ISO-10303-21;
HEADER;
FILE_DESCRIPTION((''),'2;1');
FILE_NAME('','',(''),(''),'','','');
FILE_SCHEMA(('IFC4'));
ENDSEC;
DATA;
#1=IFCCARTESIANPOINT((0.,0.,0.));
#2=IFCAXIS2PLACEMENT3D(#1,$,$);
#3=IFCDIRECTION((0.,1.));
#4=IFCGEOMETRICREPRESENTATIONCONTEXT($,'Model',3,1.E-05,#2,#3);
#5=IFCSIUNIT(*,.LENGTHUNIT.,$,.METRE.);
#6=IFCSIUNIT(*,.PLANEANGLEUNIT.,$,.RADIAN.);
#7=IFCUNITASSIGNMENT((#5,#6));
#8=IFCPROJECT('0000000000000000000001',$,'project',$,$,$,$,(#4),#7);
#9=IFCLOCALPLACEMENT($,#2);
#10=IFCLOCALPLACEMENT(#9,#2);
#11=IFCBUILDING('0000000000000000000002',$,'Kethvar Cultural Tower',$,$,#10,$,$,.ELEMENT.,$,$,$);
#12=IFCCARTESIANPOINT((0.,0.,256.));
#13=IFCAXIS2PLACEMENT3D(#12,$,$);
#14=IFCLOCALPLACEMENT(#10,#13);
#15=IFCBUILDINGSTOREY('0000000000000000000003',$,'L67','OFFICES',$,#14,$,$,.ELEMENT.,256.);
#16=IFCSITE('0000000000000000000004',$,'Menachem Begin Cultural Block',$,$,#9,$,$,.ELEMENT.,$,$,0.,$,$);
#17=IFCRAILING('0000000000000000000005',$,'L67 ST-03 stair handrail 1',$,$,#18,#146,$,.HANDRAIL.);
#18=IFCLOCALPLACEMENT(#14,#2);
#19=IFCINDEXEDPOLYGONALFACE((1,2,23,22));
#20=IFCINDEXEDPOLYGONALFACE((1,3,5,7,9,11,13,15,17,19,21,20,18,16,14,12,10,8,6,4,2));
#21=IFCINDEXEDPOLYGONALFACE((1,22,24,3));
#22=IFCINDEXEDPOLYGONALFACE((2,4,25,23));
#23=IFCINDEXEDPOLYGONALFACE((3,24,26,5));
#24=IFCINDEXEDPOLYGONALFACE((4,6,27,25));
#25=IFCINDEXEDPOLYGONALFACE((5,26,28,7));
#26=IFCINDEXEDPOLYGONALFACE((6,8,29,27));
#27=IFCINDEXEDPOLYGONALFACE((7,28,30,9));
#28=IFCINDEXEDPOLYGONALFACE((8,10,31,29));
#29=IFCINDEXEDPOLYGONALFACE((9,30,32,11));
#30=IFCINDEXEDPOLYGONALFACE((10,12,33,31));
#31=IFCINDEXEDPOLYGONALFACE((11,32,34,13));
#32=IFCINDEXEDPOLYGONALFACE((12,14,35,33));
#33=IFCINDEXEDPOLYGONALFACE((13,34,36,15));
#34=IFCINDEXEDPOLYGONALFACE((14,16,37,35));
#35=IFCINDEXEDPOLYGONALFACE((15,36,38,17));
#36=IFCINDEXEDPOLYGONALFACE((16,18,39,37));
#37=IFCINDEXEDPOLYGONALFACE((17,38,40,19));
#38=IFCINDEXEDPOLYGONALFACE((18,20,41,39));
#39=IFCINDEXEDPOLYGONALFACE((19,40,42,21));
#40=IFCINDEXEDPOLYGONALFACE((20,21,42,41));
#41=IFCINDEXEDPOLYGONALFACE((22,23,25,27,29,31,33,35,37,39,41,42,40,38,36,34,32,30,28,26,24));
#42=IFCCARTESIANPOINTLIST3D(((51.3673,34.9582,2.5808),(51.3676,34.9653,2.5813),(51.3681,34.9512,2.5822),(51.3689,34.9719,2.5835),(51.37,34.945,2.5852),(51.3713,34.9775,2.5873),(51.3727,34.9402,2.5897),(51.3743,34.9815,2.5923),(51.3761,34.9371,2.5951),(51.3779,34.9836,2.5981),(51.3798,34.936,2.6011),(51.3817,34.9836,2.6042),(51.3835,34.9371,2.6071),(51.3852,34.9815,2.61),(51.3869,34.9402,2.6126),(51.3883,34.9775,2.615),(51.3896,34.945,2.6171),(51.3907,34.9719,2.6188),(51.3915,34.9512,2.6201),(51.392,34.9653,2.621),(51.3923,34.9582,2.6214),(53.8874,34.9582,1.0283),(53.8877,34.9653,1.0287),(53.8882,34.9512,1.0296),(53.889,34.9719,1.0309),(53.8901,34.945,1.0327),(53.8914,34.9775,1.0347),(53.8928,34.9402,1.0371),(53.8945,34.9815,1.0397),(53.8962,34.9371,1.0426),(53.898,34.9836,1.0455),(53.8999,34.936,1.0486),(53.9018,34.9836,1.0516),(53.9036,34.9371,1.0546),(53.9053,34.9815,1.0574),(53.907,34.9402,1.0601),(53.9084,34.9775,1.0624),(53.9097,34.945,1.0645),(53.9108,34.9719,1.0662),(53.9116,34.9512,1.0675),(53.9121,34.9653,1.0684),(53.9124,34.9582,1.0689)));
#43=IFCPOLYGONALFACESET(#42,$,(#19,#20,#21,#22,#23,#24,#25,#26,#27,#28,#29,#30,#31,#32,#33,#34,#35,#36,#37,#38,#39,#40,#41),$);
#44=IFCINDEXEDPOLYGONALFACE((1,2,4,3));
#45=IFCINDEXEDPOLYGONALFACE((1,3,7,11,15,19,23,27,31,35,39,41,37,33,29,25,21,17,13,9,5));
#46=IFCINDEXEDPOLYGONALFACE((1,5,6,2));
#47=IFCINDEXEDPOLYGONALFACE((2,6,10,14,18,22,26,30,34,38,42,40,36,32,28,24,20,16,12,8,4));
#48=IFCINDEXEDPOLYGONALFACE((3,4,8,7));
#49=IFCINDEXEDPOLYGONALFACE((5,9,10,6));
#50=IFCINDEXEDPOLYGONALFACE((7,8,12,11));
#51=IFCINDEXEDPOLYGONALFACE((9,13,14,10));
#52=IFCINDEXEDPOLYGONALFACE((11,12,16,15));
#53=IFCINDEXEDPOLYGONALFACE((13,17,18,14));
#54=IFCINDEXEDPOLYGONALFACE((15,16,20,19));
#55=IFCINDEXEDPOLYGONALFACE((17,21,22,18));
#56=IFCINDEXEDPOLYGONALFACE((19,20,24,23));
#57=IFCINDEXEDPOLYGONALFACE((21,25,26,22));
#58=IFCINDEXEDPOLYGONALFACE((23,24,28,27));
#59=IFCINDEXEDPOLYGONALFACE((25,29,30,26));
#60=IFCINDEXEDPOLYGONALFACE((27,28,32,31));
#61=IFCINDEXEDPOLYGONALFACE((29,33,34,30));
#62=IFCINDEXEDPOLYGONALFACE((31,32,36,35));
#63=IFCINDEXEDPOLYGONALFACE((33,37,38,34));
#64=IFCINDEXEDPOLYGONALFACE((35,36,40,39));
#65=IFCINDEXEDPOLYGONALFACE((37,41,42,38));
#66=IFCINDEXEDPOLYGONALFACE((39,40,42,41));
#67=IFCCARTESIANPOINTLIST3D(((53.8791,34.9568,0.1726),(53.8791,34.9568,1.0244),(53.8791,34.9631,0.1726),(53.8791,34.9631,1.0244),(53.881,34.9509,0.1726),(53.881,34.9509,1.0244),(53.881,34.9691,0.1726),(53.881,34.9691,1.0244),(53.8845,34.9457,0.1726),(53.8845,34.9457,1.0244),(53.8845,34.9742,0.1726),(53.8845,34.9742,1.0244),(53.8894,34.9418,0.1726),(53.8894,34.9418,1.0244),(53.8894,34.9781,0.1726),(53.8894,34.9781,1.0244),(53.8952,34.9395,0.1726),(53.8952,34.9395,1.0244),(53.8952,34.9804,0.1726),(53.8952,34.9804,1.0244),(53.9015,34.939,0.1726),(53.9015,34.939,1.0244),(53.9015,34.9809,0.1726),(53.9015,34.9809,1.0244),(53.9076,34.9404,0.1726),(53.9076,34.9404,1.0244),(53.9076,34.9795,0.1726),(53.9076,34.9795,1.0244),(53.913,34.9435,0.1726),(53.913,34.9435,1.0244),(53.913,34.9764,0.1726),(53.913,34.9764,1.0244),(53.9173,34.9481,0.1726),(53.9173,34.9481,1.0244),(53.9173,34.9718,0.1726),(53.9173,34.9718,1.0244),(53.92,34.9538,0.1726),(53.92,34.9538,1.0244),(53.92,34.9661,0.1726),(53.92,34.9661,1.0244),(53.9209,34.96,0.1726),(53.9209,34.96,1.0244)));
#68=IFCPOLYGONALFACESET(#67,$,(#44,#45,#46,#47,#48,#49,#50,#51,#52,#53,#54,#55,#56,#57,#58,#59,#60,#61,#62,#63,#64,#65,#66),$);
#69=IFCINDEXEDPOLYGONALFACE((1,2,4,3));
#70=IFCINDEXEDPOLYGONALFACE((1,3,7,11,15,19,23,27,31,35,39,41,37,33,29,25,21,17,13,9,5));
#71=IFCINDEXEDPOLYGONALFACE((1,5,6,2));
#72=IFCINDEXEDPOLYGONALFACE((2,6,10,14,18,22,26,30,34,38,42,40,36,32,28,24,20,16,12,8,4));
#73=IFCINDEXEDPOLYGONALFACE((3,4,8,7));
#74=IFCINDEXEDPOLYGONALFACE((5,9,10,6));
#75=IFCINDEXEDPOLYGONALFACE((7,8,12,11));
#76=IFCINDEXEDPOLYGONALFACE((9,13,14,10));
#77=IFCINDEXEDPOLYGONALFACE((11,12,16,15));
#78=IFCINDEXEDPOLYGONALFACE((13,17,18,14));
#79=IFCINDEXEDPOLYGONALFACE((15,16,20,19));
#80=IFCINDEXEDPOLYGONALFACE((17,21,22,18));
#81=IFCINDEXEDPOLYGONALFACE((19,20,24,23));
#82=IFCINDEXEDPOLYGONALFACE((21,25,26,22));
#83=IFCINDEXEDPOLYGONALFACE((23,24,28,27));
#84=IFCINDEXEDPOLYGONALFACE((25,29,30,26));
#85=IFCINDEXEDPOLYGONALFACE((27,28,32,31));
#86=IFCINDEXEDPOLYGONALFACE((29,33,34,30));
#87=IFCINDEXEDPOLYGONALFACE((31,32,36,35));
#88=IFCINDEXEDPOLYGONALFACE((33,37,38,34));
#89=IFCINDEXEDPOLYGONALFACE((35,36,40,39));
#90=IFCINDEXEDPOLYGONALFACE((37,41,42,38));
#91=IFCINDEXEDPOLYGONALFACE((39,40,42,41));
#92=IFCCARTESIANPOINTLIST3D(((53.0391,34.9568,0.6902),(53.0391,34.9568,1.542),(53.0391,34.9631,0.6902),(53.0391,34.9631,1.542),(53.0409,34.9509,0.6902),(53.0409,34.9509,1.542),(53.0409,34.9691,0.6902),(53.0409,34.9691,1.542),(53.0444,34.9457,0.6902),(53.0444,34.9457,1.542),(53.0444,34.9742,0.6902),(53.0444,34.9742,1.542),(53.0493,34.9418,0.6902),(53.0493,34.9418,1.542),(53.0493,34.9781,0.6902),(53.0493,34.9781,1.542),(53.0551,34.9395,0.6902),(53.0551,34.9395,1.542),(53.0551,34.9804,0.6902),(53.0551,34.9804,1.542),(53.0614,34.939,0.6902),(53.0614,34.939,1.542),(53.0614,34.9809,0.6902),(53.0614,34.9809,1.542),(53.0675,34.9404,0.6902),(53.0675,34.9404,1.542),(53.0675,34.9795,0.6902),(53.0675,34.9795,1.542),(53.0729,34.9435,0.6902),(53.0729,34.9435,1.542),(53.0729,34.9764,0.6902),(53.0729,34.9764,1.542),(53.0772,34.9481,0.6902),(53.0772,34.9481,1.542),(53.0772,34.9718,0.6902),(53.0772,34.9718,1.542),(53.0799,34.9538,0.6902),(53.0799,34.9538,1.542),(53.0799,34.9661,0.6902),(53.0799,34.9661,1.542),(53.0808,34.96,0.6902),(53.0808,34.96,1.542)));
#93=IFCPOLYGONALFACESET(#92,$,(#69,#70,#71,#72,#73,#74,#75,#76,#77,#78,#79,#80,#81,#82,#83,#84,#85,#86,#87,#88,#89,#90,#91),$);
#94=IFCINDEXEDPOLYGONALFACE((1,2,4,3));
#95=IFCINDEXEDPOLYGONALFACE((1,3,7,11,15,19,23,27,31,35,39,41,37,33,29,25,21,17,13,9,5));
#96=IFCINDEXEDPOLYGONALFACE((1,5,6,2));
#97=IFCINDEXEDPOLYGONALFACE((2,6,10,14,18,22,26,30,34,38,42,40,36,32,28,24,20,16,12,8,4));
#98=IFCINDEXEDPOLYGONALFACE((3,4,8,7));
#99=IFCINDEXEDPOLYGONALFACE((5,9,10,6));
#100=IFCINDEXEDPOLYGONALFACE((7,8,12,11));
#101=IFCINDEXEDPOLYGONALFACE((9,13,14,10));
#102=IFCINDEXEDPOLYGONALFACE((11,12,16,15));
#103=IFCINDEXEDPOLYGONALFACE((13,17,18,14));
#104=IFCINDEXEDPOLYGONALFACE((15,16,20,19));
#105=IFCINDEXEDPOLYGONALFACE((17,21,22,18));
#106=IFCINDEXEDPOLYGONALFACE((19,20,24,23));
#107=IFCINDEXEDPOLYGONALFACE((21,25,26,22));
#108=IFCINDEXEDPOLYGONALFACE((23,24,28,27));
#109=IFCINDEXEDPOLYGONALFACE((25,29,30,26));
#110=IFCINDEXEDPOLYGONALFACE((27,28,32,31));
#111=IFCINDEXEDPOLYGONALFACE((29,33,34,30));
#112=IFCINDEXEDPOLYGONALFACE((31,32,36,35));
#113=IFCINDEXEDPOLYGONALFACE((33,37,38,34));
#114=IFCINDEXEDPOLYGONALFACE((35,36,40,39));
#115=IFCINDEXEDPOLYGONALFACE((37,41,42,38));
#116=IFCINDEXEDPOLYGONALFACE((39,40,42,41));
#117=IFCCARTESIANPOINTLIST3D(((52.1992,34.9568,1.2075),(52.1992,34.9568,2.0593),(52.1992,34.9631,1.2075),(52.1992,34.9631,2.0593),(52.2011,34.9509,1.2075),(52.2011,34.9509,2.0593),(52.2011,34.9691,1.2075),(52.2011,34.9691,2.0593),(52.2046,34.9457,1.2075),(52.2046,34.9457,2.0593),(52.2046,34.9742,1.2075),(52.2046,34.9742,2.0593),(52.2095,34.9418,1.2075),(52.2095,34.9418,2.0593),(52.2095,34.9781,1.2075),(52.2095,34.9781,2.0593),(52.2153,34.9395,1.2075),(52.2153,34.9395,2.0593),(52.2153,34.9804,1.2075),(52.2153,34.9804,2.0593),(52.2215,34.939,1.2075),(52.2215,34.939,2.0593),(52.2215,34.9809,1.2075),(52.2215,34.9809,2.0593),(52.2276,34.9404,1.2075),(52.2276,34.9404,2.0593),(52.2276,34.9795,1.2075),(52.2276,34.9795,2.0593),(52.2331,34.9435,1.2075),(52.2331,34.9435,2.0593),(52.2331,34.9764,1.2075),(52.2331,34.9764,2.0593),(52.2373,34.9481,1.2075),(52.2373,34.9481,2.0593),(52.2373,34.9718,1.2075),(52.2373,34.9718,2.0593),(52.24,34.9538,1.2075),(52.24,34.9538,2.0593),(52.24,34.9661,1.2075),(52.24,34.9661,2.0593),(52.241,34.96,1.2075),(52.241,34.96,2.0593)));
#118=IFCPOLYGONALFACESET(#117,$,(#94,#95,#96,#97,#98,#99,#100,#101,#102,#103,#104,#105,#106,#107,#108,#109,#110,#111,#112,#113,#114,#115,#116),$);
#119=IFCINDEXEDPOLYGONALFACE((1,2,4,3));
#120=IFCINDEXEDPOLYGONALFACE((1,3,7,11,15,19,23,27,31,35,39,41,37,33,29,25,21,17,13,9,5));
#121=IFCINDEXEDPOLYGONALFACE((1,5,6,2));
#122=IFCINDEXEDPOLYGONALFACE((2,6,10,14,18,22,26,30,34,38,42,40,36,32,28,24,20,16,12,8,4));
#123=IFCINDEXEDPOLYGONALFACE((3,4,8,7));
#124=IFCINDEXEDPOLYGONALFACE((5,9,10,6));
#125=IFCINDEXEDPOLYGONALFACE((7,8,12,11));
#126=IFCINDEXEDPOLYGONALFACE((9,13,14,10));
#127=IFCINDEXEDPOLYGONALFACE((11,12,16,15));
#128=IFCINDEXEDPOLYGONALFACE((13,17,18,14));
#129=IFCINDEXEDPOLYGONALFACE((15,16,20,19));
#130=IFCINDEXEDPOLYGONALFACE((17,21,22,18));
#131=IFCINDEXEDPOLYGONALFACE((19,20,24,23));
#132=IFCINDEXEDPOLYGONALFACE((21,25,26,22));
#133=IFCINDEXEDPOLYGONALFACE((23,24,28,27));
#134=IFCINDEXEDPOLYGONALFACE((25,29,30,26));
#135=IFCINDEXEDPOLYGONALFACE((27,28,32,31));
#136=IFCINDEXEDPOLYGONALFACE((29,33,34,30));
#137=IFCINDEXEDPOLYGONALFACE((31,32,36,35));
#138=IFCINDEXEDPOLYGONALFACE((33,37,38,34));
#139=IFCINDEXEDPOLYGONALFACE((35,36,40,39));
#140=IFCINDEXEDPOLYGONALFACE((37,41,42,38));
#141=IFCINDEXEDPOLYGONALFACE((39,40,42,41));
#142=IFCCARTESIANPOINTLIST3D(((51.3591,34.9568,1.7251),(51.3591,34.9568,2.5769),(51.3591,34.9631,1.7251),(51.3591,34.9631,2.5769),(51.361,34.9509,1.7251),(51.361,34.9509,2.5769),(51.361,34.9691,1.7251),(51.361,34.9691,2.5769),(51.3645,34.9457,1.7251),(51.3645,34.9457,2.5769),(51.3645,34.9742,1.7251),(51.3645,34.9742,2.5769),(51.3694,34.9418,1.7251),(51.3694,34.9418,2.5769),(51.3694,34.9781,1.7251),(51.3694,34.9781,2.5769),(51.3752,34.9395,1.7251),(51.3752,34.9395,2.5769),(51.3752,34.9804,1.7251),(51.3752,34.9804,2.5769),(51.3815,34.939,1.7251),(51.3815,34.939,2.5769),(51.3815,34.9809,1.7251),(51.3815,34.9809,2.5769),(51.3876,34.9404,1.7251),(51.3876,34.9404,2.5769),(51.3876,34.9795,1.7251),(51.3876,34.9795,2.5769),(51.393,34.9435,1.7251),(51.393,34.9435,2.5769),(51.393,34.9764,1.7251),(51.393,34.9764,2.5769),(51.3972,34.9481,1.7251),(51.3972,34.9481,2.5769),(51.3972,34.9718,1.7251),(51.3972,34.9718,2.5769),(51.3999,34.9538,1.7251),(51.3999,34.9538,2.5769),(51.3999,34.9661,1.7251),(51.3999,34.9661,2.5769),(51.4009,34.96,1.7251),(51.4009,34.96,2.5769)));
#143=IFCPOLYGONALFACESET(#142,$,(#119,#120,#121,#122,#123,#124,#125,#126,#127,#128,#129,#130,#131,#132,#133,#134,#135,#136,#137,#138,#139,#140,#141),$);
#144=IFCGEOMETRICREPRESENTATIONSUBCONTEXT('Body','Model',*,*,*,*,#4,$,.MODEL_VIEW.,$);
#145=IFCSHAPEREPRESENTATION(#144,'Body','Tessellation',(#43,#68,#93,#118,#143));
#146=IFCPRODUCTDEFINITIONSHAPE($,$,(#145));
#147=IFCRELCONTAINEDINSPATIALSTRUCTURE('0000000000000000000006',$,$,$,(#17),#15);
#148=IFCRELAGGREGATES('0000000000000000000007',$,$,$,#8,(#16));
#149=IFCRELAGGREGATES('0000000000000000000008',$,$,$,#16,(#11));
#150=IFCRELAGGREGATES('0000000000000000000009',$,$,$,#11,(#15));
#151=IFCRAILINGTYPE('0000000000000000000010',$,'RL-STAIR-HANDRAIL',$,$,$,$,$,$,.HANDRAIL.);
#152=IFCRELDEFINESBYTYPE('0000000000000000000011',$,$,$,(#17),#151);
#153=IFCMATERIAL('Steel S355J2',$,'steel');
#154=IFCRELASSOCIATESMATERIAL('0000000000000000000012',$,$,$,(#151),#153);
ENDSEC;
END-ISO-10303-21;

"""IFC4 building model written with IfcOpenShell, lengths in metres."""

from ifc_helpers import new_model, si_unit, direction, frame, origin, origin_2d, place, context, subcontext, project, spatial, circle, extrude, material, type_object, element, save


model = new_model("IFC4")

# Units and contexts
model_context = context("Model", 3, precision=1e-05, world=origin(), true_north=direction((0.0, 1.0)))
body_context = subcontext(model_context, "Body", "Model", "MODEL_VIEW")
ifc_project = project(units=[si_unit("LENGTHUNIT", "METRE"), si_unit("PLANEANGLEUNIT", "RADIAN")], contexts=[model_context])

# Site, building, storey
site_placement = place(None, origin())
site = spatial("IfcSite", under=ifc_project, at=site_placement, Name="Menachem Begin Cultural Block", CompositionType="ELEMENT", RefElevation=0.0)
building_placement = place(site_placement, origin())
building = spatial("IfcBuilding", under=site, at=building_placement, Name="Kethvar Cultural Tower", CompositionType="ELEMENT")
storey_placement = place(building_placement, frame((0.0, 0.0, 256.0)))
storey = spatial("IfcBuildingStorey", under=building, at=storey_placement, Name="L67", Description="OFFICES", CompositionType="ELEMENT", Elevation=256.0)

# Shared definitions
ifc_material_1 = material(Name="Steel S355J2", Category="steel")

# Railing
railing_type_1 = type_object("IfcRailingType", Name="RL-STAIR-HANDRAIL", PredefinedType="HANDRAIL", material=ifc_material_1)
railing_1_placement = place(storey_placement, frame((53.8999, 34.96, 0.1726)))
element("IfcRailing", 1, at=railing_1_placement, inside=storey, type_object=railing_type_1, Name="L67 ST-03 stair handrail 1", PredefinedType="HANDRAIL", context=body_context, shape_type="SweptSolid", body=[
    extrude(circle(Radius=0.0239, at=origin_2d()), frame((0.0, 0.0, 0.876), z_axis=(-0.8514, 0.0, 0.524516), x_axis=(0.0, -1.0, 0.0)), (0.0, 0.0, 1.0), 2.96),
    extrude(circle(Radius=0.021, at=origin_2d()), origin(), (0.0, 0.0, 1.0), 0.8518),
    extrude(circle(Radius=0.021, at=origin_2d()), frame((-0.8401, 0.0, 0.5176)), (0.0, 0.0, 1.0), 0.8518),
    extrude(circle(Radius=0.021, at=origin_2d()), frame((-1.6799, 0.0, 1.0349)), (0.0, 0.0, 1.0), 0.8518),
    extrude(circle(Radius=0.021, at=origin_2d()), frame((-2.52, 0.0, 1.5525)), (0.0, 0.0, 1.0), 0.8518),
])

save(model, "model.ifc")
